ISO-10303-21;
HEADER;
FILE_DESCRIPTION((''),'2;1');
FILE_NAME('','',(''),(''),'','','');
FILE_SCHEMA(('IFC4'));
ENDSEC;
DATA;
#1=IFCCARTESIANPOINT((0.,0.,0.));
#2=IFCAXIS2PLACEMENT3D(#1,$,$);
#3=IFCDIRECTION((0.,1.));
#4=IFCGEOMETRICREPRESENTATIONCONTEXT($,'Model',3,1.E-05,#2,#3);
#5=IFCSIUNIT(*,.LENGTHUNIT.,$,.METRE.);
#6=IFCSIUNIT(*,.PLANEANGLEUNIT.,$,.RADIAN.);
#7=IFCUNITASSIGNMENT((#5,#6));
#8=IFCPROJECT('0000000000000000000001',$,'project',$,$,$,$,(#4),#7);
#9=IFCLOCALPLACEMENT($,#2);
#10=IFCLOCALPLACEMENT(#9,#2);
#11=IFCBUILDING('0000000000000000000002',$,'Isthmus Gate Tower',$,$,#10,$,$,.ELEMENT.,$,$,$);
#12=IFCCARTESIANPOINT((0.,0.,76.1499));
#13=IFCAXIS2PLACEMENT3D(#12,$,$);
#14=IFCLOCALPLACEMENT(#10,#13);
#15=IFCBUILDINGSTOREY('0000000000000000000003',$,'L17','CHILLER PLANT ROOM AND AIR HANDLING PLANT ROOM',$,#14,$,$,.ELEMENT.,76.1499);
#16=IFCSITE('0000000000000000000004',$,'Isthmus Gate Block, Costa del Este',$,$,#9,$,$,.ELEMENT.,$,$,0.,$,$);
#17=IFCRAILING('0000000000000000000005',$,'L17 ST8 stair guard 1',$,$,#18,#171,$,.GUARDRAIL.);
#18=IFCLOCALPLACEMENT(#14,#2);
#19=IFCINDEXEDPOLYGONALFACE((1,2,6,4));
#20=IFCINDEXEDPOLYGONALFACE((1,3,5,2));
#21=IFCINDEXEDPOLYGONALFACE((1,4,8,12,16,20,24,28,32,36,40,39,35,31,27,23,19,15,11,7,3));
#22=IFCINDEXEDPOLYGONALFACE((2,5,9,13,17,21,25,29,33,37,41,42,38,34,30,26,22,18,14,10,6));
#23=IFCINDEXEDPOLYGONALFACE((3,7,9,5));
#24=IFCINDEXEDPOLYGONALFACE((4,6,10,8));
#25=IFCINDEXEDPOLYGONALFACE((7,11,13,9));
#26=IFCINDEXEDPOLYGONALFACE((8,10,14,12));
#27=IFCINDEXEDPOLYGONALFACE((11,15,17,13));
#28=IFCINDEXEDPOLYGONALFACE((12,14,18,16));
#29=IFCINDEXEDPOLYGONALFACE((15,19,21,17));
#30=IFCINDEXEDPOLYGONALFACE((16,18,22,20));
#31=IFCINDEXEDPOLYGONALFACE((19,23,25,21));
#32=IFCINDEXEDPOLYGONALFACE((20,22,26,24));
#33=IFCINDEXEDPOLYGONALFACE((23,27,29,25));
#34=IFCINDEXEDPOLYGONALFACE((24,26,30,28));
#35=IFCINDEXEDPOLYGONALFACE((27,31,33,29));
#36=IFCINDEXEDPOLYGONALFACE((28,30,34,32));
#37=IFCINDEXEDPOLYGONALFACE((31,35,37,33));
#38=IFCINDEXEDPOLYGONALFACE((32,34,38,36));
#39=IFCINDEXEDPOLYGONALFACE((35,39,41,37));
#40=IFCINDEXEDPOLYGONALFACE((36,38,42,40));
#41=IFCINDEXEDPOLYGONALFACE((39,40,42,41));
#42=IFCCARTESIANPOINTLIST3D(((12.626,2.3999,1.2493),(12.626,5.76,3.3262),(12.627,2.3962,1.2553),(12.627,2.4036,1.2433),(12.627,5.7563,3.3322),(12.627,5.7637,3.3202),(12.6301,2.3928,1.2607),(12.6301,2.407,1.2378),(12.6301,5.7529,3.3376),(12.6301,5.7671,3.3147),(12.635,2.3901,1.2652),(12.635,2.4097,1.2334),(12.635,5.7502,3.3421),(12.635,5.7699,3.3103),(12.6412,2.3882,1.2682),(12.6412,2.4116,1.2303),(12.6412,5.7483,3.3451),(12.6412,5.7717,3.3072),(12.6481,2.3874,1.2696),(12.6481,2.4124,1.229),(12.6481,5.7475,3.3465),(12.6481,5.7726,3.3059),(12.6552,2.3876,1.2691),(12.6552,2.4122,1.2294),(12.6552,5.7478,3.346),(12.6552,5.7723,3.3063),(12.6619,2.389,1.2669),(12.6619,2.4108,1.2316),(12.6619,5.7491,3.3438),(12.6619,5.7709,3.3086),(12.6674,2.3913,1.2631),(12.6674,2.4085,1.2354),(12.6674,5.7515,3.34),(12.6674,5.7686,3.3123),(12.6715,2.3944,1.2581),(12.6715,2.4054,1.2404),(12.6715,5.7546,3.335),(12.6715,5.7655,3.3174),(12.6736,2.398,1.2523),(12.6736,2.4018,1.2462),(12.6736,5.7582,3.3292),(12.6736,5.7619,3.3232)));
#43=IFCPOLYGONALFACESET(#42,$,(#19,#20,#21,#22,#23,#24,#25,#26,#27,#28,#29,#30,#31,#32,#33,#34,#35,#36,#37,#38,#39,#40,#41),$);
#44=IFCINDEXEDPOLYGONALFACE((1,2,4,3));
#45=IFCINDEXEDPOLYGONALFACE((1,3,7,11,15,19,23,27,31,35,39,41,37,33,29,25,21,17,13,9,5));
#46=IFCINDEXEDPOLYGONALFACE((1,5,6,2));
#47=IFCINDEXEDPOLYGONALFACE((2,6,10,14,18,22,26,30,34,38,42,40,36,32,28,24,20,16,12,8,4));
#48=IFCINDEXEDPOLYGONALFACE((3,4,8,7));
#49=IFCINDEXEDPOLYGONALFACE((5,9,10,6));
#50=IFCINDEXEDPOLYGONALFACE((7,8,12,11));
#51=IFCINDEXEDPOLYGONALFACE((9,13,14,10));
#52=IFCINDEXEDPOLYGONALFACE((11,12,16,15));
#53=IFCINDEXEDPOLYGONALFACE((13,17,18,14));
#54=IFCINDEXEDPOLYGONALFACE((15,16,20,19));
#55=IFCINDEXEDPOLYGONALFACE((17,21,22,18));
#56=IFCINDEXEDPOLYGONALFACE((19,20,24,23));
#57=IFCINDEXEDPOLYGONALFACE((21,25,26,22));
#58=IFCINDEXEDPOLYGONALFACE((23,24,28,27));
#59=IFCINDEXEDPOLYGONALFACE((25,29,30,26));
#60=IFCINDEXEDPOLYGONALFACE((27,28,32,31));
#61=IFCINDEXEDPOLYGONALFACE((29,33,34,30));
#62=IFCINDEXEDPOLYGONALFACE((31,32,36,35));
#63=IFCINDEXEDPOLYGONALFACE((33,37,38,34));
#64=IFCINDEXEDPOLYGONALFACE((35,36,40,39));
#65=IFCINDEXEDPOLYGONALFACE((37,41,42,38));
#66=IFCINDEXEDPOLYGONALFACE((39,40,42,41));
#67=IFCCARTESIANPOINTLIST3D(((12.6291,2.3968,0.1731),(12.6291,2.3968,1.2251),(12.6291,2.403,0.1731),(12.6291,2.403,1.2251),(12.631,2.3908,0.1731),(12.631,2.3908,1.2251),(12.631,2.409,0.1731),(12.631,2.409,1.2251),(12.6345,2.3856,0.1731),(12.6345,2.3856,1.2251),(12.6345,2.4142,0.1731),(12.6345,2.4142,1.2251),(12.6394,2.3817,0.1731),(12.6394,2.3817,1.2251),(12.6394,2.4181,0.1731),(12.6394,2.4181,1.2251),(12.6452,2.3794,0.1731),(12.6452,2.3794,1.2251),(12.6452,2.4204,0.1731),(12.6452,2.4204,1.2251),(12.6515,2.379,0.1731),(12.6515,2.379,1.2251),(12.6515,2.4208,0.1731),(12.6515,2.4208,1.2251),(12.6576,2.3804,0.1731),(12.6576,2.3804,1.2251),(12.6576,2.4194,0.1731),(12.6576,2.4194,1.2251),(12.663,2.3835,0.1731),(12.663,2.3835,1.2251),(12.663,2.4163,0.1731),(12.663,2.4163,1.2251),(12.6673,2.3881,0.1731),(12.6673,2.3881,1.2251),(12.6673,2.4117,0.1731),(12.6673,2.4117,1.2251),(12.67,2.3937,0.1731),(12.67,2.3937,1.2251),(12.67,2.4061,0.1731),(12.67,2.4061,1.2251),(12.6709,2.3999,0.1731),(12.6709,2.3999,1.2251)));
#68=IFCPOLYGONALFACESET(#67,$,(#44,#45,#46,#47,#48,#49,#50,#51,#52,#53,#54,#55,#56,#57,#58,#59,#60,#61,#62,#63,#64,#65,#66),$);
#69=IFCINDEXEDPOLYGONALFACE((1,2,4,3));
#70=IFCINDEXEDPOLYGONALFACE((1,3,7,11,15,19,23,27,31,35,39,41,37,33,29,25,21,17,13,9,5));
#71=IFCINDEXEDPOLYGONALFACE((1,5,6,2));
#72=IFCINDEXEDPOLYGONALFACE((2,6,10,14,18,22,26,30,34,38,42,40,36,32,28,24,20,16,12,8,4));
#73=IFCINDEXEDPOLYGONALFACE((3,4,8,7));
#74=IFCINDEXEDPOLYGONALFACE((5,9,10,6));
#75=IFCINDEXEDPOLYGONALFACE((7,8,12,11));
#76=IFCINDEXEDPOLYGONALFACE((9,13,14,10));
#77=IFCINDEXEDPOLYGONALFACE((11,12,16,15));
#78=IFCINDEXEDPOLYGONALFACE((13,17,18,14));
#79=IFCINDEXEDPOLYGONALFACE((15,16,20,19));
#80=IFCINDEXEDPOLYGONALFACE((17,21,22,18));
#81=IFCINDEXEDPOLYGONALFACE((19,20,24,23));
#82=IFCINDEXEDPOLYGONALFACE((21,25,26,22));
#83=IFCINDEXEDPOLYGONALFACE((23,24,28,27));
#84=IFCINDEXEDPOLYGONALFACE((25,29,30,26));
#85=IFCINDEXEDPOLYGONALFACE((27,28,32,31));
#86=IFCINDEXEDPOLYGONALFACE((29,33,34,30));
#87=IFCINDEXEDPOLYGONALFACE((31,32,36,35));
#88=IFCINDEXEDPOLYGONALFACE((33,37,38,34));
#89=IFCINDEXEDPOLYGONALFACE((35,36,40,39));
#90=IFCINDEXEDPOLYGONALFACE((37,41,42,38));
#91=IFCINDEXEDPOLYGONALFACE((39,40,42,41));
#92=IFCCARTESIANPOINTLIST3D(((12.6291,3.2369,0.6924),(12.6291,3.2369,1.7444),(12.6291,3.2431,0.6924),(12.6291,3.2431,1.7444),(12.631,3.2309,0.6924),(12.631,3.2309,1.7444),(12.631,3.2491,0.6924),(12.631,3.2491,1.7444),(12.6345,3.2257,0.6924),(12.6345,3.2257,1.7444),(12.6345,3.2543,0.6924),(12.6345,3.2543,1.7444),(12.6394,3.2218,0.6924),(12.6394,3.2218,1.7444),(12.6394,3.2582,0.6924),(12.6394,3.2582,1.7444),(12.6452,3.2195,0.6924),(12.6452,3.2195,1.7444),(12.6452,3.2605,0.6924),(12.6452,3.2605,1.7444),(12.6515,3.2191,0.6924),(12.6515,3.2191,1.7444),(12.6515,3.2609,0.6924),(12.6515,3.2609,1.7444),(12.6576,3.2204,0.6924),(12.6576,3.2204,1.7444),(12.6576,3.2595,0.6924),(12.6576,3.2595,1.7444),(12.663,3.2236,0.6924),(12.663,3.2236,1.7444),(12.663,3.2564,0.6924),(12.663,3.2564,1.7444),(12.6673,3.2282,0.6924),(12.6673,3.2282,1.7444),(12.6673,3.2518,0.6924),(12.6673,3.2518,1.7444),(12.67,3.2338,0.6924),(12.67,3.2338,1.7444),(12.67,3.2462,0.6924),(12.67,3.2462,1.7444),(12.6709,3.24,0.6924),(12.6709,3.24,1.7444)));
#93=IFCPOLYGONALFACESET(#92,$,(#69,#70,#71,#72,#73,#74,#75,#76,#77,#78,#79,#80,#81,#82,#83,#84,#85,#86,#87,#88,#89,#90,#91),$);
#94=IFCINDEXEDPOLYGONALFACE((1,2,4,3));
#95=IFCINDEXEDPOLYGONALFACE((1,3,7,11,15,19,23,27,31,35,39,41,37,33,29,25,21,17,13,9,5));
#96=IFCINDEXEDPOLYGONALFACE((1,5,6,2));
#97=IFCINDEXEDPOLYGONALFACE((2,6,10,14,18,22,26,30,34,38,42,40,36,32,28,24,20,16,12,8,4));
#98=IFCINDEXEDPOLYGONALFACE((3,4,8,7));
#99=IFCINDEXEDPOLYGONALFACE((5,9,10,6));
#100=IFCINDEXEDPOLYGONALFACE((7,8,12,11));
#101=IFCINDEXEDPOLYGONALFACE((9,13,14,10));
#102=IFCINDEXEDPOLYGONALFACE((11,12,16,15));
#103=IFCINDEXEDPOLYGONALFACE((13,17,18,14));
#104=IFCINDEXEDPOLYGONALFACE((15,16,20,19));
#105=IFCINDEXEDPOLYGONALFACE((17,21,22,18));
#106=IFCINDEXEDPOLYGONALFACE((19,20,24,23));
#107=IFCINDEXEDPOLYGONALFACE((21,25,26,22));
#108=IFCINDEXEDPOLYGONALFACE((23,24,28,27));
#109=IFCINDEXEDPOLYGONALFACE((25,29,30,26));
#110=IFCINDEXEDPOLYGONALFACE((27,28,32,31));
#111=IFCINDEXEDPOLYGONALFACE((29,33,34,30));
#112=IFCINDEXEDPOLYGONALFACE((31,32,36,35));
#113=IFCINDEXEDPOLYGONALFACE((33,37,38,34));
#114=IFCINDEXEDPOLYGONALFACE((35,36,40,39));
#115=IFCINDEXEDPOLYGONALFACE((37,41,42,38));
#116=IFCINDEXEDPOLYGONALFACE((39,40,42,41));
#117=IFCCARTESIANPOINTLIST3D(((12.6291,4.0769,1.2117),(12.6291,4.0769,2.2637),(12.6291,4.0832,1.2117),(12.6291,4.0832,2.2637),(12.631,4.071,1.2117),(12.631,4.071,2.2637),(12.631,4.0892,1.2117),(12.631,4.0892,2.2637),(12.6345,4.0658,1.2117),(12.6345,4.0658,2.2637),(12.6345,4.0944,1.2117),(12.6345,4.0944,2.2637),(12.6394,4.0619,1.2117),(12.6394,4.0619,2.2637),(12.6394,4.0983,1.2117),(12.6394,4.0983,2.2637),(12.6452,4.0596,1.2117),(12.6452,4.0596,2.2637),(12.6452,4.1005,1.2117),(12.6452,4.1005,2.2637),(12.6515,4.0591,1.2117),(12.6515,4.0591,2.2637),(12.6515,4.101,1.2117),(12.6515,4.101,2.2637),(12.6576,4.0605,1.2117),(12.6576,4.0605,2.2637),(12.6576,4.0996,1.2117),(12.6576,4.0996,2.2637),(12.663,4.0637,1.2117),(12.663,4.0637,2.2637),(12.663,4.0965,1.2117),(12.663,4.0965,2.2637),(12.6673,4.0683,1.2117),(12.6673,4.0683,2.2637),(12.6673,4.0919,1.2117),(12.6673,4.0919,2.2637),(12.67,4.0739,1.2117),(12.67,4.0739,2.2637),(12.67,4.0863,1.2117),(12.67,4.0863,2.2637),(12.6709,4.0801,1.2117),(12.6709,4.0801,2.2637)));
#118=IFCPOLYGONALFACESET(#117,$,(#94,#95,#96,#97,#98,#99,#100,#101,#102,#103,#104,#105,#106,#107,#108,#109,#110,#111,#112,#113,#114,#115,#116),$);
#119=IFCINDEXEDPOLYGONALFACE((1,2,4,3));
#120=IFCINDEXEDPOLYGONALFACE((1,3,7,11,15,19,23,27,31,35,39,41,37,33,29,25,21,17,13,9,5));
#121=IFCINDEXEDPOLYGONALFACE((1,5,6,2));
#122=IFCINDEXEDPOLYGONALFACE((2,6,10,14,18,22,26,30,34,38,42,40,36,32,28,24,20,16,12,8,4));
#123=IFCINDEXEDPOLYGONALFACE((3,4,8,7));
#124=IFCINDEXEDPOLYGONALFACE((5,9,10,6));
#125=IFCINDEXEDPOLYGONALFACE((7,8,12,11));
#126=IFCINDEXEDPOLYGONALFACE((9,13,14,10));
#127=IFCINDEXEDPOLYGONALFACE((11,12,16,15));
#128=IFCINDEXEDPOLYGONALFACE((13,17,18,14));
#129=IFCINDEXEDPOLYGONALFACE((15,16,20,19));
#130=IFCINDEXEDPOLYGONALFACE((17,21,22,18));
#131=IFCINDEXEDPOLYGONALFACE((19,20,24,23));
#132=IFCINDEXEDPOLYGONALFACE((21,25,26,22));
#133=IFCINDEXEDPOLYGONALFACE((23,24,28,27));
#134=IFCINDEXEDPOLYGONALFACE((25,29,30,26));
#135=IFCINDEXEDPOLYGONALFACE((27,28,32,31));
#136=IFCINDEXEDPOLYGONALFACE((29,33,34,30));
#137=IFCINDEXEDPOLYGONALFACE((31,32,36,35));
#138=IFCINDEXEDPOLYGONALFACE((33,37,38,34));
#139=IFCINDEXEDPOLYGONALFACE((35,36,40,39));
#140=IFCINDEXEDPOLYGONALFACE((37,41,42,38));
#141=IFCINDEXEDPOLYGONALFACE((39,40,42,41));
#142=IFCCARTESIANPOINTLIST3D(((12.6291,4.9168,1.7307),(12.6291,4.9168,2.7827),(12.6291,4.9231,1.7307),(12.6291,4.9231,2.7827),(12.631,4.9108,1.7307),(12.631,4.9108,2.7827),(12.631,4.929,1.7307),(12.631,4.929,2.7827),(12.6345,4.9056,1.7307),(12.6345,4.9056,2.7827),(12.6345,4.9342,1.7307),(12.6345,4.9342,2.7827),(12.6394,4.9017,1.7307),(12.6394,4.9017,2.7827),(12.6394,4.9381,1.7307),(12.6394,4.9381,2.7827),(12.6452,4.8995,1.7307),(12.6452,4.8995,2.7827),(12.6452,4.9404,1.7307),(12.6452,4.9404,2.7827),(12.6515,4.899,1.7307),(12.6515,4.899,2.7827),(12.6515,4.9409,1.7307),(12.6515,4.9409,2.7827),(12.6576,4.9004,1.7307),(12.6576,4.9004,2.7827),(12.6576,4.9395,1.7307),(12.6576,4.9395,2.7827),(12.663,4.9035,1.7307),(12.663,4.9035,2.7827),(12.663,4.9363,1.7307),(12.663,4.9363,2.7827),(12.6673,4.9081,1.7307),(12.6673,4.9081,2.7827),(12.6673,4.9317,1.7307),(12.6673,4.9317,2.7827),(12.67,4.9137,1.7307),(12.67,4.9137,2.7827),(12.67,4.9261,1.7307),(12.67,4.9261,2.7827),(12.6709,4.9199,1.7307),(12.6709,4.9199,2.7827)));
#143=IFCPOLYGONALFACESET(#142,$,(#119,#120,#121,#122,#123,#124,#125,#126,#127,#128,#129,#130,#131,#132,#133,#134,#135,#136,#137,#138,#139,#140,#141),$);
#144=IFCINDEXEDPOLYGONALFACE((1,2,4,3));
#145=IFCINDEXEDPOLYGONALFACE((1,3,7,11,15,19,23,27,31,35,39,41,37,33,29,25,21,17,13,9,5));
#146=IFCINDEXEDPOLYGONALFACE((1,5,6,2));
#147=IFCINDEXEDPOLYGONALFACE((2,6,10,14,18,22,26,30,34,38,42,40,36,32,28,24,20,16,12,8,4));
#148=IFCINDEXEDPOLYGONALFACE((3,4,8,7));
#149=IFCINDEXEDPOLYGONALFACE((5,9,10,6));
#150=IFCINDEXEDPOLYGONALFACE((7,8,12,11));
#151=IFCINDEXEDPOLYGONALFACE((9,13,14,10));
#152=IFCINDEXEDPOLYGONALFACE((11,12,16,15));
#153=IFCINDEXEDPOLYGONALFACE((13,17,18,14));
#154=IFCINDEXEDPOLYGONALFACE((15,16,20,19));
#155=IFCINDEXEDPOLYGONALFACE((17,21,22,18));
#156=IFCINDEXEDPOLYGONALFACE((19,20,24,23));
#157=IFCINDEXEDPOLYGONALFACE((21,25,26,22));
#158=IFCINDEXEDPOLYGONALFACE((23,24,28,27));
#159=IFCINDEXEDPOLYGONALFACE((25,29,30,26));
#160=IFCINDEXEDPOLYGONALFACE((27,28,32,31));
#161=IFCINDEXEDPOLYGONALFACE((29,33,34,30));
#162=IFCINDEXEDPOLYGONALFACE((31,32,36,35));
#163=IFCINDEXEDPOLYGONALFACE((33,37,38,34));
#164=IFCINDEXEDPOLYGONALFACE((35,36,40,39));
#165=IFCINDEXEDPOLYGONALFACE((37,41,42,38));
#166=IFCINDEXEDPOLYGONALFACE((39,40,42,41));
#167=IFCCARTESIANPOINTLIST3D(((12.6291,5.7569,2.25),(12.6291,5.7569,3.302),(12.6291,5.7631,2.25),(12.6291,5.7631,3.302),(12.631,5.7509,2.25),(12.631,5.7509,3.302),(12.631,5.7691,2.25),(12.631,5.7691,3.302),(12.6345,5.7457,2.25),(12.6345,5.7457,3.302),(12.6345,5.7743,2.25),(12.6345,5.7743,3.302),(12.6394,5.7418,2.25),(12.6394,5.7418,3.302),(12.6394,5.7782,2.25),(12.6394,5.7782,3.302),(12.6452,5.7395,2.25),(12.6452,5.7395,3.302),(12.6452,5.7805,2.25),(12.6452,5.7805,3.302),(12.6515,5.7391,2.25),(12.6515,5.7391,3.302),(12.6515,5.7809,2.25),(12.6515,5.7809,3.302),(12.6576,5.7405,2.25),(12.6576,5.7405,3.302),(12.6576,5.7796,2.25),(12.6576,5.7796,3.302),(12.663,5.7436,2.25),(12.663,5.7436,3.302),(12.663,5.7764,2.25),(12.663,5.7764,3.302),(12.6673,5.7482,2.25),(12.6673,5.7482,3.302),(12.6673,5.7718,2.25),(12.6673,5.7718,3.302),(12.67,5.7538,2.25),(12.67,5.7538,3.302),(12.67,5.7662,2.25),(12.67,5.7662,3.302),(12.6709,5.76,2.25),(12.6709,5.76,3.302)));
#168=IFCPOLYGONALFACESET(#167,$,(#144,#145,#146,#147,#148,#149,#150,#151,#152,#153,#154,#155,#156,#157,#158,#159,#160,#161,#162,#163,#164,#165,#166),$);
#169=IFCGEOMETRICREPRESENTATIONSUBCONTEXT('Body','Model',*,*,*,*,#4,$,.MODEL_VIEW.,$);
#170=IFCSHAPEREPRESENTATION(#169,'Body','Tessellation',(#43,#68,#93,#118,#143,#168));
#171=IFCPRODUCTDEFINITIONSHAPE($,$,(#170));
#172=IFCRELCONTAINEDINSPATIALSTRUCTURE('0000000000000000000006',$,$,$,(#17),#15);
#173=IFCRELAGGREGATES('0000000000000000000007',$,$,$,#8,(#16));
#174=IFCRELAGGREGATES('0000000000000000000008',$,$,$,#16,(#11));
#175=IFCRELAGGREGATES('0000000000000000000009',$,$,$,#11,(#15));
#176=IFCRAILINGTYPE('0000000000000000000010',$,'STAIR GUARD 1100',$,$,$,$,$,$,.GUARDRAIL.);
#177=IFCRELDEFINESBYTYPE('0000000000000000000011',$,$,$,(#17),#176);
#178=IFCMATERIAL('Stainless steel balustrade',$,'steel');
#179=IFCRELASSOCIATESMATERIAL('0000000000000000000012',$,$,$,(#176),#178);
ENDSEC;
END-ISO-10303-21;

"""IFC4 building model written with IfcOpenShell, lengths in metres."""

from ifc_helpers import new_model, si_unit, direction, frame, origin, origin_2d, place, context, subcontext, project, spatial, circle, extrude, material, type_object, element, save


model = new_model("IFC4")

# Units and contexts
model_context = context("Model", 3, precision=1e-05, world=origin(), true_north=direction((0.0, 1.0)))
body_context = subcontext(model_context, "Body", "Model", "MODEL_VIEW")
ifc_project = project(units=[si_unit("LENGTHUNIT", "METRE"), si_unit("PLANEANGLEUNIT", "RADIAN")], contexts=[model_context])

# Site, building, storey
site_placement = place(None, origin())
site = spatial("IfcSite", under=ifc_project, at=site_placement, Name="Isthmus Gate Block, Costa del Este", CompositionType="ELEMENT", RefElevation=0.0)
building_placement = place(site_placement, origin())
building = spatial("IfcBuilding", under=site, at=building_placement, Name="Isthmus Gate Tower", CompositionType="ELEMENT")
storey_placement = place(building_placement, frame((0.0, 0.0, 76.1499)))
storey = spatial("IfcBuildingStorey", under=building, at=storey_placement, Name="L17", Description="CHILLER PLANT ROOM AND AIR HANDLING PLANT ROOM", CompositionType="ELEMENT", Elevation=76.1499)

# Railing
ifc_material_1 = material(Name="Stainless steel balustrade", Category="steel")
railing_type_1 = type_object("IfcRailingType", Name="STAIR GUARD 1100", PredefinedType="GUARDRAIL", material=ifc_material_1)
railing_1_placement = place(storey_placement, frame((12.6499, 2.3999, 0.1731)))
element("IfcRailing", 1, at=railing_1_placement, inside=storey, type_object=railing_type_1, Name="L17 ST8 stair guard 1", PredefinedType="GUARDRAIL", context=body_context, shape_type="SweptSolid", body=[
    extrude(circle(Radius=0.0239, at=origin_2d()), frame((0.0, 0.0, 1.0762), z_axis=(0.0, 0.850623, 0.525776), x_axis=(-1.0, 0.0, 0.0)), (0.0, 0.0, 1.0), 3.9502),
    extrude(circle(Radius=0.021, at=origin_2d()), origin(), (0.0, 0.0, 1.0), 1.052),
    extrude(circle(Radius=0.021, at=origin_2d()), frame((0.0, 0.8401, 0.5193)), (0.0, 0.0, 1.0), 1.052),
    extrude(circle(Radius=0.021, at=origin_2d()), frame((0.0, 1.6802, 1.0386)), (0.0, 0.0, 1.0), 1.052),
    extrude(circle(Radius=0.021, at=origin_2d()), frame((0.0, 2.52, 1.5576)), (0.0, 0.0, 1.0), 1.052),
    extrude(circle(Radius=0.021, at=origin_2d()), frame((0.0, 3.3601, 2.0769)), (0.0, 0.0, 1.0), 1.052),
])

save(model, "model.ifc")
